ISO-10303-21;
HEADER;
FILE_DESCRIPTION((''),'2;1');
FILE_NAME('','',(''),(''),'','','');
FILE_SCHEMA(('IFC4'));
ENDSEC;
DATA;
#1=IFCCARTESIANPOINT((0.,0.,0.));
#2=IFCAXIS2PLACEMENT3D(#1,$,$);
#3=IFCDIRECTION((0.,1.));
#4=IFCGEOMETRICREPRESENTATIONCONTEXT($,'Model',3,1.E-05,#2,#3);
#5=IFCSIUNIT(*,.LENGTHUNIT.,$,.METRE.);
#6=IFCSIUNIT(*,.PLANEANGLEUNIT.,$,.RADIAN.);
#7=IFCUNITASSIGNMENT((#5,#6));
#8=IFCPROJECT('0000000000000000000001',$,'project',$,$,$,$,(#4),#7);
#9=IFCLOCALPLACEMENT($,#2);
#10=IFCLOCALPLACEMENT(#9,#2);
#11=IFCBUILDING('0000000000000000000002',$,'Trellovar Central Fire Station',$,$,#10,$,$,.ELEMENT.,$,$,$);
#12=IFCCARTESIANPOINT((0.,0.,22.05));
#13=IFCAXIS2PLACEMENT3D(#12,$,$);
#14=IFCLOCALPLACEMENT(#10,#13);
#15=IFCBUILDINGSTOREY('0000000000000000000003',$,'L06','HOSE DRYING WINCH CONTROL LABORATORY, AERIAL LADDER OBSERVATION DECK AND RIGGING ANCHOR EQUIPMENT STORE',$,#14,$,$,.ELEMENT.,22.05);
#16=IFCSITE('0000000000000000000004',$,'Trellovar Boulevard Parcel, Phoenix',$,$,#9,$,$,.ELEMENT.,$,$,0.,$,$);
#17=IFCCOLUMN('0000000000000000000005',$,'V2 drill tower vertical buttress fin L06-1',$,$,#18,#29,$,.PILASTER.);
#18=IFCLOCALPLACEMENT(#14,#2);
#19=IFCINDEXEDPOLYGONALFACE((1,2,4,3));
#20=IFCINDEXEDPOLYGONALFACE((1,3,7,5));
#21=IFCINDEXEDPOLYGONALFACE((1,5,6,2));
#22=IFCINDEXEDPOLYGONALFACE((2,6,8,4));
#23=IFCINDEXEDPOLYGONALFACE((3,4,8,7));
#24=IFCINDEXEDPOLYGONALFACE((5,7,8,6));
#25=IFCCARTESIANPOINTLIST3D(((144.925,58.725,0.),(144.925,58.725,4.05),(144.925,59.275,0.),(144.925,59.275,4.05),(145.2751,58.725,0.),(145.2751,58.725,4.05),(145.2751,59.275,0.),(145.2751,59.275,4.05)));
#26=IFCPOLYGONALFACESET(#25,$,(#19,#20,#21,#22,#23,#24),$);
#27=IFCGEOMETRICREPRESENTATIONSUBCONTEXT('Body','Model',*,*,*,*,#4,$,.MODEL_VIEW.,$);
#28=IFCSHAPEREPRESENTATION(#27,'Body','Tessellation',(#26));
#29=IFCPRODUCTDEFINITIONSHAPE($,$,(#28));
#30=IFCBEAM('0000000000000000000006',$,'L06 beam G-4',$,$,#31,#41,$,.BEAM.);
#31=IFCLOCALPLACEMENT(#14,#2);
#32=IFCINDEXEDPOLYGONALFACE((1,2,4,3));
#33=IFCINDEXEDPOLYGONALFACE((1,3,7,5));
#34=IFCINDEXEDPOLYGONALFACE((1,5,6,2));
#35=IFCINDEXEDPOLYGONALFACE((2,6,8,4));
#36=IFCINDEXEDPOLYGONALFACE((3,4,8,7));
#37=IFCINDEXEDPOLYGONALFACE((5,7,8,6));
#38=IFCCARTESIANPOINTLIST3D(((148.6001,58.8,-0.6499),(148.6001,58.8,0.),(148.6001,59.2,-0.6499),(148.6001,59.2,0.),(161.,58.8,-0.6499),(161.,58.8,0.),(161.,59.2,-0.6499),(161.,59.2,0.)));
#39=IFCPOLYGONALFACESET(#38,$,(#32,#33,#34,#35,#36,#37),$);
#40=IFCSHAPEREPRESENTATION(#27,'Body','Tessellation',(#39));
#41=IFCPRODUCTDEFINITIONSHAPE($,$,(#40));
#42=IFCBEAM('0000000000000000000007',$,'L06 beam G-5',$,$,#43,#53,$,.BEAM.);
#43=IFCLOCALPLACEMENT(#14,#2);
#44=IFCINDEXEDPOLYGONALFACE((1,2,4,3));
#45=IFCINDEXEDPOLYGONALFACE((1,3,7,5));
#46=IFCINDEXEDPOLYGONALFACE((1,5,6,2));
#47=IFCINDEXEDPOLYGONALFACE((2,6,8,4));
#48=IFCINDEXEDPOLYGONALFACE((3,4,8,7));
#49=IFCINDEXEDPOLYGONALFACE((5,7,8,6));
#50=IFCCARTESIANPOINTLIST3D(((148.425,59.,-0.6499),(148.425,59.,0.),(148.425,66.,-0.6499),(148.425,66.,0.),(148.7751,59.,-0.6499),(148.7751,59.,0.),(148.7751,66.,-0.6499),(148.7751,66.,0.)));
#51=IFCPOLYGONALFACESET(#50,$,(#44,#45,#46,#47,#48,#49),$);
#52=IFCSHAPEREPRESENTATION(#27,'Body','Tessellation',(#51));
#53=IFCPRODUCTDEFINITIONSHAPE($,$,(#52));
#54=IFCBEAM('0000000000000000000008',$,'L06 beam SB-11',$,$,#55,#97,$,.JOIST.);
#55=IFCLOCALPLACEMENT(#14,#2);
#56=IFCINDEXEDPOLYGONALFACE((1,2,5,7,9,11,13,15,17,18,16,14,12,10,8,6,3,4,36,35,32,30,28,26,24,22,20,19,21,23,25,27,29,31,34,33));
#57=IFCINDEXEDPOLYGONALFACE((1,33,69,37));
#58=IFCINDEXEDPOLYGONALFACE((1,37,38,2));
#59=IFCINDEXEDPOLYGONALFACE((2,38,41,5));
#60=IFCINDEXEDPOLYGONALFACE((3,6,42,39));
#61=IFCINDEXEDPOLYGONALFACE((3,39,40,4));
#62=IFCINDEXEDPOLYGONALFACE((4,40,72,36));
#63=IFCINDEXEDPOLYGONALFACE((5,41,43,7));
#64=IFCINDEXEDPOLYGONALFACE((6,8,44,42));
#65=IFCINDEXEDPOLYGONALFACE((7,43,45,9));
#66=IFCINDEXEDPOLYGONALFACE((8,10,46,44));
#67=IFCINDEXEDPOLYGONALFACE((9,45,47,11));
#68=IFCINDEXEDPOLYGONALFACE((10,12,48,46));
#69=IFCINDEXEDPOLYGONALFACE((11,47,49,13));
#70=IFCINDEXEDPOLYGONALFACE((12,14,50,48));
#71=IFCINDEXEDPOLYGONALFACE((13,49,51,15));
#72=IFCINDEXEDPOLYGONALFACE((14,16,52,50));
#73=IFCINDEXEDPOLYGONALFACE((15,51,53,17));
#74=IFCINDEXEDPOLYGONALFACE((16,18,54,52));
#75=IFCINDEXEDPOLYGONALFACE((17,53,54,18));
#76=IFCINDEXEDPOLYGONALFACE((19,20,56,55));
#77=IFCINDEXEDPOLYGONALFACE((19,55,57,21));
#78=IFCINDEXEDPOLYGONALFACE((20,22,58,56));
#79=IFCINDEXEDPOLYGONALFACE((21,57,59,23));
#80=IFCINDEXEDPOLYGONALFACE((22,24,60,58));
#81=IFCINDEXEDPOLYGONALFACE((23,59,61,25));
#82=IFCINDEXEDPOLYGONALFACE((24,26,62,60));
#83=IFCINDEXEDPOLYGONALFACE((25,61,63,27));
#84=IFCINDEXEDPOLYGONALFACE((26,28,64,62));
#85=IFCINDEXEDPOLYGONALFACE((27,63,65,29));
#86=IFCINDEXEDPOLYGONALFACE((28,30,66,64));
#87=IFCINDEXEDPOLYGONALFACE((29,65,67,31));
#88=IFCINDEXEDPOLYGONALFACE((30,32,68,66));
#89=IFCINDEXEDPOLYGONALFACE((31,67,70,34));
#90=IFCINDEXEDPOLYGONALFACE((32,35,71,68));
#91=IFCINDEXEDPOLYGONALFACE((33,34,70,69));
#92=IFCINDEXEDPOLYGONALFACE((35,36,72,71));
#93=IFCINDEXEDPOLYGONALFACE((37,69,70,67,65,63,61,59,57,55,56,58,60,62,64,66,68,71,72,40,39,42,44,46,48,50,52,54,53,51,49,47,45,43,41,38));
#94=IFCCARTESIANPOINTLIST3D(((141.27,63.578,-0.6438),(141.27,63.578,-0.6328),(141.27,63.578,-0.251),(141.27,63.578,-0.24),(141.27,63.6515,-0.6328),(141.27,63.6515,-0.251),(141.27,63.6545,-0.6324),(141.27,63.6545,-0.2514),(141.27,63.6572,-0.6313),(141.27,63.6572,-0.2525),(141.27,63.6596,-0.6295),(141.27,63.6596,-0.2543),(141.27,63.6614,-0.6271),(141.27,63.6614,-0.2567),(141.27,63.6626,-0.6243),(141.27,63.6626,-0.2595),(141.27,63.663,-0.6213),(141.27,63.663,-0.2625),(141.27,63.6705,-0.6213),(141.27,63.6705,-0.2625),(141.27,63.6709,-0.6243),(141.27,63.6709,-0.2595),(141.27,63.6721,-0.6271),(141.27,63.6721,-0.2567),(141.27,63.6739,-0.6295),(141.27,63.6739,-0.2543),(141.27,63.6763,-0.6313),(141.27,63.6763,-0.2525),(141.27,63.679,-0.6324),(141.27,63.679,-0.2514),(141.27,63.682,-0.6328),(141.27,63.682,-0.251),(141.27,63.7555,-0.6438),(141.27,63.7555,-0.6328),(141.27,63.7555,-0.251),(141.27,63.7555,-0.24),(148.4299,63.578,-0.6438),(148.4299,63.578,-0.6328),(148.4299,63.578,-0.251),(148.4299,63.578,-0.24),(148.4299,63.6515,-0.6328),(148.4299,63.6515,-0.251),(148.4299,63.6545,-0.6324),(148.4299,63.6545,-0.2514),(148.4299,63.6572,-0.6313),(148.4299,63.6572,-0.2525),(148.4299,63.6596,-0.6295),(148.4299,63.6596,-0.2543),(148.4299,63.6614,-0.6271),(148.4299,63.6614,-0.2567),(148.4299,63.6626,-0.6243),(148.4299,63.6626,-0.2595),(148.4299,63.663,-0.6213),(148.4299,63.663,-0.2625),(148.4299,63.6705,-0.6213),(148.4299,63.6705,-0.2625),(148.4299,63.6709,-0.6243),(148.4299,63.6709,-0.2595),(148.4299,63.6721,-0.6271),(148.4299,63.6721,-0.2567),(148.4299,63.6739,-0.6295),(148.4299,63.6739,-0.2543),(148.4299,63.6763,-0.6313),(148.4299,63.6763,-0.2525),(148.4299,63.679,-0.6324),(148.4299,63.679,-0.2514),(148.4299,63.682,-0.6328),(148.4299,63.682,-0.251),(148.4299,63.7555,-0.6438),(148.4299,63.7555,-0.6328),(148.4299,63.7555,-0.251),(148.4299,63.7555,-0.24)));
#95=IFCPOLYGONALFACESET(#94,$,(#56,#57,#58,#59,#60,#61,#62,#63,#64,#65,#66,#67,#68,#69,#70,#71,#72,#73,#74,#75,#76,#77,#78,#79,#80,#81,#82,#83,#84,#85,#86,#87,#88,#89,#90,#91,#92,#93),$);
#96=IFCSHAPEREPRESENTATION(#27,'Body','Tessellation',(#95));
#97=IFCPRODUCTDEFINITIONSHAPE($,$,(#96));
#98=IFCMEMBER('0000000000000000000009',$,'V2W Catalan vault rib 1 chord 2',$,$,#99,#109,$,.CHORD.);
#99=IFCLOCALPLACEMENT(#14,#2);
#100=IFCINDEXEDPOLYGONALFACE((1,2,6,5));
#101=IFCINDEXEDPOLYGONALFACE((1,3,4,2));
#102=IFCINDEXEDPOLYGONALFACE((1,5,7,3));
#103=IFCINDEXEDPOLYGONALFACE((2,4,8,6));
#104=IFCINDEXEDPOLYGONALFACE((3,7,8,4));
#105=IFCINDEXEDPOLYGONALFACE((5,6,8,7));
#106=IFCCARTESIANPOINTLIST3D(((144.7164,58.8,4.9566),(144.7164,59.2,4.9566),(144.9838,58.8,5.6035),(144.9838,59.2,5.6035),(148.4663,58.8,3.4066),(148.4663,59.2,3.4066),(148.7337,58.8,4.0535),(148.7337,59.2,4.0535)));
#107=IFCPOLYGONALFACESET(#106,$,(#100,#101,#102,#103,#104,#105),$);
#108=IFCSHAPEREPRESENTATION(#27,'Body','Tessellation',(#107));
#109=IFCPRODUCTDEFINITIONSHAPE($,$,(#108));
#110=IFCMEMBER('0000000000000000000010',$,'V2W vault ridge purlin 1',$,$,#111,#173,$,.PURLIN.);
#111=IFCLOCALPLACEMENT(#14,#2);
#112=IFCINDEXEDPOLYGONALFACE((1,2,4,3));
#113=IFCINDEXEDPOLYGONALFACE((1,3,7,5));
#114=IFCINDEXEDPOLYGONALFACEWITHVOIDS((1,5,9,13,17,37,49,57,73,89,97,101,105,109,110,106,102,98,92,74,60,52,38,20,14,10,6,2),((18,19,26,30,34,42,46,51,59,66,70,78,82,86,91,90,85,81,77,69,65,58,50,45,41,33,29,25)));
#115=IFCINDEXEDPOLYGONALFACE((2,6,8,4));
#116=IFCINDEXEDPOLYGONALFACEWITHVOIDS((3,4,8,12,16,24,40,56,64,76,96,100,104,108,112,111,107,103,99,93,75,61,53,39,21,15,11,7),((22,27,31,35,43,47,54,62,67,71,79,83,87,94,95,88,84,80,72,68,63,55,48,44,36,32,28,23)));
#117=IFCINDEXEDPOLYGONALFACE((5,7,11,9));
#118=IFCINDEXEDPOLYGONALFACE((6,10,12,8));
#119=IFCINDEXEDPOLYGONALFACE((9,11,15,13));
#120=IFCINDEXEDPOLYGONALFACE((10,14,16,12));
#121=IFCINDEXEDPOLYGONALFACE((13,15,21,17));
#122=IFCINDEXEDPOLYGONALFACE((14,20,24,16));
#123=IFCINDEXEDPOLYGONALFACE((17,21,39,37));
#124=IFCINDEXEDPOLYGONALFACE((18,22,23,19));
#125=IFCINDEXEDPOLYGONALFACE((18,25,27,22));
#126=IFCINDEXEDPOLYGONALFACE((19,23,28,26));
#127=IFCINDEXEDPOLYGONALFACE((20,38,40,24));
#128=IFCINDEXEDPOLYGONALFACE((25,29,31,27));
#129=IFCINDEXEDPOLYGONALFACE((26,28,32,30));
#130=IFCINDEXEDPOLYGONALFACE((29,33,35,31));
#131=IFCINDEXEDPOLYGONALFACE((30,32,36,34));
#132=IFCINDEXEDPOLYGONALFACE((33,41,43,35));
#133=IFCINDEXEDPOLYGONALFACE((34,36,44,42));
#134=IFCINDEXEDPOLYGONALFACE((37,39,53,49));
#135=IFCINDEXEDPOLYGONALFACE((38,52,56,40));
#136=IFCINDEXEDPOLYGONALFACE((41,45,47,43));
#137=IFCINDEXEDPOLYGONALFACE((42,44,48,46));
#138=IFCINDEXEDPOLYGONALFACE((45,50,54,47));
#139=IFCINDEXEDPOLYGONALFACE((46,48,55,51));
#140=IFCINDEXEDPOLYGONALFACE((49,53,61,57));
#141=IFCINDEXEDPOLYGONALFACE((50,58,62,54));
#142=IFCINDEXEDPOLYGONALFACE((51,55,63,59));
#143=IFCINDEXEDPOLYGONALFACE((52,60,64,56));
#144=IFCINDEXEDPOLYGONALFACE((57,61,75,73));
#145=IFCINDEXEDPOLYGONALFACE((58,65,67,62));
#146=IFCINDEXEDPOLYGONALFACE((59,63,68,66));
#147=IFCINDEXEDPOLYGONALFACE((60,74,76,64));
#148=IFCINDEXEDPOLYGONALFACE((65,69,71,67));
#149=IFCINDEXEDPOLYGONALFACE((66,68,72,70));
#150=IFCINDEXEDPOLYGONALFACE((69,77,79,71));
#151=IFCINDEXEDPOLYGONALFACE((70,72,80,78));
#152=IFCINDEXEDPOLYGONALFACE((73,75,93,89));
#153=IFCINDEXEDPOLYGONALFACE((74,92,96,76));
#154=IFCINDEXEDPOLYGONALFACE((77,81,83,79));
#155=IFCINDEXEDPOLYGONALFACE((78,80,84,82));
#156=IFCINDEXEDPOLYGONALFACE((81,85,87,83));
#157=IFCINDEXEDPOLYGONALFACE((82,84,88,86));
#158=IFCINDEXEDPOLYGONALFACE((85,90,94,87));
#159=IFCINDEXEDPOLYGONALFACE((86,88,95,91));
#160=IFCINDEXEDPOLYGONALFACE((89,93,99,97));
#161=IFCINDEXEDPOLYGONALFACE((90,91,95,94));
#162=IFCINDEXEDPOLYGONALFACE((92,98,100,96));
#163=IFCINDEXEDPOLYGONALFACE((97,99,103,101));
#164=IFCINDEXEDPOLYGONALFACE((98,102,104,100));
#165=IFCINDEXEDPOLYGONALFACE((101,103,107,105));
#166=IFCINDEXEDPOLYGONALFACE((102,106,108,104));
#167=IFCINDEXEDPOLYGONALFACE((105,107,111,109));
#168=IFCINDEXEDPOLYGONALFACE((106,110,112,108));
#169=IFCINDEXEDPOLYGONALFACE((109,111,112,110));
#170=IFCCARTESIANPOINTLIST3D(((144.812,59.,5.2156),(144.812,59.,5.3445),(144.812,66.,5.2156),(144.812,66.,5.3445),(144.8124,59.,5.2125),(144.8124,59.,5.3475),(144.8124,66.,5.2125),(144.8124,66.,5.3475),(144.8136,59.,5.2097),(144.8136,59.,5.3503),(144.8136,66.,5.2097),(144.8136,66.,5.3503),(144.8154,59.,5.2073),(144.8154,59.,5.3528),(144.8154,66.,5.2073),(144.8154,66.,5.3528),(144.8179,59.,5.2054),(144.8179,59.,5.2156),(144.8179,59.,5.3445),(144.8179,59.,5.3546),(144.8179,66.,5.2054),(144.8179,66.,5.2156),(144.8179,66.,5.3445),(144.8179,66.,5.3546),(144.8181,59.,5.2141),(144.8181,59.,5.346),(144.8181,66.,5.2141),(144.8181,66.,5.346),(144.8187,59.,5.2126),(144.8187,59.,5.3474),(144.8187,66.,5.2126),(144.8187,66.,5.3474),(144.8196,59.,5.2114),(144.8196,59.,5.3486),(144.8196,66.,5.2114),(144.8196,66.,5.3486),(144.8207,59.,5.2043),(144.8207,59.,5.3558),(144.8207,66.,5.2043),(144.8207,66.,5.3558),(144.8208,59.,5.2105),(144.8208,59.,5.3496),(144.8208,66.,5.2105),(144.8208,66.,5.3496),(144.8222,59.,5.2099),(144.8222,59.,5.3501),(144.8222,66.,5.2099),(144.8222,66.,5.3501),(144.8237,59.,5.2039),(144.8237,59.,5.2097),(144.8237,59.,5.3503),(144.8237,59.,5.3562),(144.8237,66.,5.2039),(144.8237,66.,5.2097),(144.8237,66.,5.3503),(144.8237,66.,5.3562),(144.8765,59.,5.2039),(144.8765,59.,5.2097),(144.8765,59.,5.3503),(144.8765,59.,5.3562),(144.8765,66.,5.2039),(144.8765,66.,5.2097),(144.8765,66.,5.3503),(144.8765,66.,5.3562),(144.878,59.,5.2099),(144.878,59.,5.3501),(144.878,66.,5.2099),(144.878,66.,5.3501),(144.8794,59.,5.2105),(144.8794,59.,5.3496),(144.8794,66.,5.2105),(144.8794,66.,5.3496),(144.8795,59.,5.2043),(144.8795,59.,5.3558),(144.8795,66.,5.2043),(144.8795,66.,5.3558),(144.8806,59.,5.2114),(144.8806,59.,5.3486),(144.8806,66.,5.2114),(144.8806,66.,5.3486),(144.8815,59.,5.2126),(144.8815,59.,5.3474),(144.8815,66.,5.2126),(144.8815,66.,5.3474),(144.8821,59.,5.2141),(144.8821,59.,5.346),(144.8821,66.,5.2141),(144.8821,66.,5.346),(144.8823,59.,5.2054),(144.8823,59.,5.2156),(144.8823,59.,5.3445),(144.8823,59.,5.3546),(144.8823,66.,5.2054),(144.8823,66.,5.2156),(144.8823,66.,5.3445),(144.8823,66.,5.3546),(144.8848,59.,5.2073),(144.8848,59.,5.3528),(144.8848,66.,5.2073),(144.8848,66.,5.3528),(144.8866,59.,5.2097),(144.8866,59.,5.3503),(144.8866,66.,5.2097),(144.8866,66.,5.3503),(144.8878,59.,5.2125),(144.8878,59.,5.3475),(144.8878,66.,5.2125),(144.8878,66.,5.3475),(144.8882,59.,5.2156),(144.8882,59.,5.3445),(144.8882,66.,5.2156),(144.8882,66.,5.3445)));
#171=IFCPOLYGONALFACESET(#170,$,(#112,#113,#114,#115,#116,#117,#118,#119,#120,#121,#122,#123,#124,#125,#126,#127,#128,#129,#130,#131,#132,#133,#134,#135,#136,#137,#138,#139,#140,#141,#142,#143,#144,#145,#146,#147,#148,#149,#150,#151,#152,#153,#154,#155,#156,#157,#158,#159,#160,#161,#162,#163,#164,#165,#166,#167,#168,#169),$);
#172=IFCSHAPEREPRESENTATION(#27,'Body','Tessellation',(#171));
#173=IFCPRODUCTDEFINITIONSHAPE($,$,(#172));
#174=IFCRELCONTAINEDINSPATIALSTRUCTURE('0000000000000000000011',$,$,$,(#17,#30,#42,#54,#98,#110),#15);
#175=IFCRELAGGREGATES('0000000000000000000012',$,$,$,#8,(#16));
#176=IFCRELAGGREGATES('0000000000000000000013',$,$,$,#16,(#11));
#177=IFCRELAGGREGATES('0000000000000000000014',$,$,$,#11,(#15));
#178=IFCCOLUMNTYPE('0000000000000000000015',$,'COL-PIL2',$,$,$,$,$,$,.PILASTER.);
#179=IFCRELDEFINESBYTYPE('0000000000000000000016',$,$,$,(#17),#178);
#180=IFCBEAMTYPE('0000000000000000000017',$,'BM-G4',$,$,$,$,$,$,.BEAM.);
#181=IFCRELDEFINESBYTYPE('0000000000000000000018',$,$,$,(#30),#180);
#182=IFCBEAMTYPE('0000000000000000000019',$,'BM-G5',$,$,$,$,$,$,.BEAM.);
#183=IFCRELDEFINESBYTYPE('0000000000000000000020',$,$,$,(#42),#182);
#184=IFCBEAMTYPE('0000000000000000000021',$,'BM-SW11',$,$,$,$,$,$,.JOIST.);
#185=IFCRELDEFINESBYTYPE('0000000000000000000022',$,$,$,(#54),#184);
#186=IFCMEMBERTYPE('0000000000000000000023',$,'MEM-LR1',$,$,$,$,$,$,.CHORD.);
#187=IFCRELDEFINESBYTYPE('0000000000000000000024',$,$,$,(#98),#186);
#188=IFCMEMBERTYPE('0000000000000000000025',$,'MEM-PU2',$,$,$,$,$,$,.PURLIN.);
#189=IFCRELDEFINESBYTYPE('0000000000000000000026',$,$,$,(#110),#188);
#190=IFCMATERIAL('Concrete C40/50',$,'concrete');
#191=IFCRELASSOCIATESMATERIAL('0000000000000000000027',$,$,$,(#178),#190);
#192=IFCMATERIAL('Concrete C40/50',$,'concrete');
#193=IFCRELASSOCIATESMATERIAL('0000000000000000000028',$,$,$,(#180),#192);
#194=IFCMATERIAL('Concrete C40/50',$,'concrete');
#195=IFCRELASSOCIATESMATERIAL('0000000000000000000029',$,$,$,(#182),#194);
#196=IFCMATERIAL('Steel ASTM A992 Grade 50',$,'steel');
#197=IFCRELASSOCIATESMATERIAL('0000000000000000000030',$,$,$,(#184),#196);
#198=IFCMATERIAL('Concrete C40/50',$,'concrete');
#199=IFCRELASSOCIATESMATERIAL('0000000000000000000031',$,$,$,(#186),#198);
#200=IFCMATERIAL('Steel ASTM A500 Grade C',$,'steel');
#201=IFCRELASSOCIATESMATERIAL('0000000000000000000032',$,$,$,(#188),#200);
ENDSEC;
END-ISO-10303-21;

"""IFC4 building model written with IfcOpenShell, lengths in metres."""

from ifc_helpers import new_model, si_unit, direction, frame, origin, origin_2d, place, context, subcontext, project, spatial, rectangle, hollow_rectangle, i_section, extrude, material, material_profile, profile_set, type_object, element, save


model = new_model("IFC4")

# Units and contexts
model_context = context("Model", 3, precision=1e-05, world=origin(), true_north=direction((0.0, 1.0)))
body_context = subcontext(model_context, "Body", "Model", "MODEL_VIEW")
ifc_project = project(units=[si_unit("LENGTHUNIT", "METRE"), si_unit("PLANEANGLEUNIT", "RADIAN")], contexts=[model_context])

# Site, building, storey
site_placement = place(None, origin())
site = spatial("IfcSite", under=ifc_project, at=site_placement, Name="Trellovar Boulevard Parcel, Phoenix", CompositionType="ELEMENT", RefElevation=0.0)
building_placement = place(site_placement, origin())
building = spatial("IfcBuilding", under=site, at=building_placement, Name="Trellovar Central Fire Station", CompositionType="ELEMENT")
storey_placement = place(building_placement, frame((0.0, 0.0, 22.05)))
storey = spatial("IfcBuildingStorey", under=building, at=storey_placement, Name="L06", Description="HOSE DRYING WINCH CONTROL LABORATORY, AERIAL LADDER OBSERVATION DECK AND RIGGING ANCHOR EQUIPMENT STORE", CompositionType="ELEMENT", Elevation=22.05)

# Column
ifc_material_1 = material(Name="Concrete C40/50", Category="concrete")
ifc_material_profile_1 = material_profile(ifc_material_1, rectangle(XDim=0.3501, YDim=0.55, at=origin_2d()), Name="RC350X550")
ifc_profile_set_1 = profile_set([ifc_material_profile_1], Name="Concrete C40/50")
column_type = type_object("IfcColumnType", Name="COL-PIL2", PredefinedType="PILASTER", material=ifc_profile_set_1)
column_placement = place(storey_placement, frame((145.1001, 59.0, 0.0), z_axis=(0.0, 0.0, 1.0), x_axis=(1.0, 0.0, 0.0)))
element("IfcColumn", 1, at=column_placement, inside=storey, type_object=column_type, Name="V2 drill tower vertical buttress fin L06-1", PredefinedType="PILASTER", context=body_context, shape_type="SweptSolid", body=[
    extrude(rectangle(XDim=0.3501, YDim=0.55, at=origin_2d()), origin(), (0.0, 0.0, 1.0), 4.05),
])

# Beams
ifc_material_2 = material(Name="Concrete C40/50", Category="concrete")
ifc_material_profile_2 = material_profile(ifc_material_2, rectangle(XDim=0.3999, YDim=0.6499, at=origin_2d()), Name="RC400X650")
ifc_profile_set_2 = profile_set([ifc_material_profile_2], Name="Concrete C40/50")
beam_type_1 = type_object("IfcBeamType", Name="BM-G4", PredefinedType="BEAM", material=ifc_profile_set_2)
beam_1_placement = place(storey_placement, frame((148.6001, 59.0, -0.325), z_axis=(1.0, 0.0, 0.0), x_axis=(0.0, 1.0, 0.0)))
element("IfcBeam", 2, at=beam_1_placement, inside=storey, type_object=beam_type_1, Name="L06 beam G-4", PredefinedType="BEAM", context=body_context, shape_type="SweptSolid", body=[
    extrude(rectangle(XDim=0.3999, YDim=0.6499, at=origin_2d()), origin(), (0.0, 0.0, 1.0), 12.3999),
])
ifc_material_3 = material(Name="Concrete C40/50", Category="concrete")
ifc_material_profile_3 = material_profile(ifc_material_3, rectangle(XDim=0.3501, YDim=0.6499, at=origin_2d()), Name="RC350X650")
ifc_profile_set_3 = profile_set([ifc_material_profile_3], Name="Concrete C40/50")
beam_type_2 = type_object("IfcBeamType", Name="BM-G5", PredefinedType="BEAM", material=ifc_profile_set_3)
beam_2_placement = place(storey_placement, frame((148.6001, 59.0, -0.325), z_axis=(0.0, 1.0, 0.0), x_axis=(-1.0, 0.0, 0.0)))
element("IfcBeam", 3, at=beam_2_placement, inside=storey, type_object=beam_type_2, Name="L06 beam G-5", PredefinedType="BEAM", context=body_context, shape_type="SweptSolid", body=[
    extrude(rectangle(XDim=0.3501, YDim=0.6499, at=origin_2d()), origin(), (0.0, 0.0, 1.0), 7.0),
])
ifc_material_4 = material(Name="Steel ASTM A992 Grade 50", Category="steel")
ifc_material_profile_4 = material_profile(ifc_material_4, i_section(OverallWidth=0.1775, OverallDepth=0.4038, WebThickness=0.0076, FlangeThickness=0.011, FilletRadius=0.0115, at=origin_2d()), Name="W16X36")
ifc_profile_set_4 = profile_set([ifc_material_profile_4], Name="Steel ASTM A992 Grade 50")
beam_type_3 = type_object("IfcBeamType", Name="BM-SW11", PredefinedType="JOIST", material=ifc_profile_set_4)
beam_3_placement = place(storey_placement, frame((141.27, 63.6667, -0.4419), z_axis=(1.0, 0.0, 0.0), x_axis=(0.0, 1.0, 0.0)))
element("IfcBeam", 4, at=beam_3_placement, inside=storey, type_object=beam_type_3, Name="L06 beam SB-11", PredefinedType="JOIST", context=body_context, shape_type="SweptSolid", body=[
    extrude(i_section(OverallWidth=0.1775, OverallDepth=0.4038, WebThickness=0.0076, FlangeThickness=0.011, FilletRadius=0.0115, at=origin_2d()), origin(), (0.0, 0.0, 1.0), 7.1599),
])

# Members
ifc_material_5 = material(Name="Concrete C40/50", Category="concrete")
ifc_material_profile_5 = material_profile(ifc_material_5, rectangle(XDim=0.3999, YDim=0.7, at=origin_2d()), Name="RC400X700")
ifc_profile_set_5 = profile_set([ifc_material_profile_5], Name="Concrete C40/50")
member_type_1 = type_object("IfcMemberType", Name="MEM-LR1", PredefinedType="CHORD", material=ifc_profile_set_5)
member_1_placement = place(storey_placement, frame((144.8501, 59.0, 5.28), z_axis=(0.924163, 0.0, -0.381999), x_axis=(0.0, 1.0, 0.0)))
element("IfcMember", 5, at=member_1_placement, inside=storey, type_object=member_type_1, Name="V2W Catalan vault rib 1 chord 2", PredefinedType="CHORD", context=body_context, shape_type="SweptSolid", body=[
    extrude(rectangle(XDim=0.3999, YDim=0.7, at=origin_2d()), origin(), (0.0, 0.0, 1.0), 4.0576),
])
ifc_material_6 = material(Name="Steel ASTM A500 Grade C", Category="steel")
ifc_material_profile_6 = material_profile(ifc_material_6, hollow_rectangle(XDim=0.0762, YDim=0.1523, WallThickness=0.0059, InnerFilletRadius=0.0059, OuterFilletRadius=0.0117, at=origin_2d()), Name="HSS6X3X1/4")
ifc_profile_set_6 = profile_set([ifc_material_profile_6], Name="Steel ASTM A500 Grade C")
member_type_2 = type_object("IfcMemberType", Name="MEM-PU2", PredefinedType="PURLIN", material=ifc_profile_set_6)
for number, where, z_axis, x_axis, name in (
    (6, (144.8501, 59.0, 5.28), (0.0, 1.0, 0.0), (-1.0, 0.0, 0.0), "V2W vault ridge purlin 1"),
):
    element("IfcMember", number, at=place(storey_placement, frame(where, z_axis=z_axis, x_axis=x_axis)), inside=storey, type_object=member_type_2, Name=name, PredefinedType="PURLIN", context=body_context, shape_type="SweptSolid", body=[
        extrude(hollow_rectangle(XDim=0.0762, YDim=0.1523, WallThickness=0.0059, InnerFilletRadius=0.0059, OuterFilletRadius=0.0117, at=origin_2d()), origin(), (0.0, 0.0, 1.0), 7.0),
    ])

save(model, "model.ifc")
